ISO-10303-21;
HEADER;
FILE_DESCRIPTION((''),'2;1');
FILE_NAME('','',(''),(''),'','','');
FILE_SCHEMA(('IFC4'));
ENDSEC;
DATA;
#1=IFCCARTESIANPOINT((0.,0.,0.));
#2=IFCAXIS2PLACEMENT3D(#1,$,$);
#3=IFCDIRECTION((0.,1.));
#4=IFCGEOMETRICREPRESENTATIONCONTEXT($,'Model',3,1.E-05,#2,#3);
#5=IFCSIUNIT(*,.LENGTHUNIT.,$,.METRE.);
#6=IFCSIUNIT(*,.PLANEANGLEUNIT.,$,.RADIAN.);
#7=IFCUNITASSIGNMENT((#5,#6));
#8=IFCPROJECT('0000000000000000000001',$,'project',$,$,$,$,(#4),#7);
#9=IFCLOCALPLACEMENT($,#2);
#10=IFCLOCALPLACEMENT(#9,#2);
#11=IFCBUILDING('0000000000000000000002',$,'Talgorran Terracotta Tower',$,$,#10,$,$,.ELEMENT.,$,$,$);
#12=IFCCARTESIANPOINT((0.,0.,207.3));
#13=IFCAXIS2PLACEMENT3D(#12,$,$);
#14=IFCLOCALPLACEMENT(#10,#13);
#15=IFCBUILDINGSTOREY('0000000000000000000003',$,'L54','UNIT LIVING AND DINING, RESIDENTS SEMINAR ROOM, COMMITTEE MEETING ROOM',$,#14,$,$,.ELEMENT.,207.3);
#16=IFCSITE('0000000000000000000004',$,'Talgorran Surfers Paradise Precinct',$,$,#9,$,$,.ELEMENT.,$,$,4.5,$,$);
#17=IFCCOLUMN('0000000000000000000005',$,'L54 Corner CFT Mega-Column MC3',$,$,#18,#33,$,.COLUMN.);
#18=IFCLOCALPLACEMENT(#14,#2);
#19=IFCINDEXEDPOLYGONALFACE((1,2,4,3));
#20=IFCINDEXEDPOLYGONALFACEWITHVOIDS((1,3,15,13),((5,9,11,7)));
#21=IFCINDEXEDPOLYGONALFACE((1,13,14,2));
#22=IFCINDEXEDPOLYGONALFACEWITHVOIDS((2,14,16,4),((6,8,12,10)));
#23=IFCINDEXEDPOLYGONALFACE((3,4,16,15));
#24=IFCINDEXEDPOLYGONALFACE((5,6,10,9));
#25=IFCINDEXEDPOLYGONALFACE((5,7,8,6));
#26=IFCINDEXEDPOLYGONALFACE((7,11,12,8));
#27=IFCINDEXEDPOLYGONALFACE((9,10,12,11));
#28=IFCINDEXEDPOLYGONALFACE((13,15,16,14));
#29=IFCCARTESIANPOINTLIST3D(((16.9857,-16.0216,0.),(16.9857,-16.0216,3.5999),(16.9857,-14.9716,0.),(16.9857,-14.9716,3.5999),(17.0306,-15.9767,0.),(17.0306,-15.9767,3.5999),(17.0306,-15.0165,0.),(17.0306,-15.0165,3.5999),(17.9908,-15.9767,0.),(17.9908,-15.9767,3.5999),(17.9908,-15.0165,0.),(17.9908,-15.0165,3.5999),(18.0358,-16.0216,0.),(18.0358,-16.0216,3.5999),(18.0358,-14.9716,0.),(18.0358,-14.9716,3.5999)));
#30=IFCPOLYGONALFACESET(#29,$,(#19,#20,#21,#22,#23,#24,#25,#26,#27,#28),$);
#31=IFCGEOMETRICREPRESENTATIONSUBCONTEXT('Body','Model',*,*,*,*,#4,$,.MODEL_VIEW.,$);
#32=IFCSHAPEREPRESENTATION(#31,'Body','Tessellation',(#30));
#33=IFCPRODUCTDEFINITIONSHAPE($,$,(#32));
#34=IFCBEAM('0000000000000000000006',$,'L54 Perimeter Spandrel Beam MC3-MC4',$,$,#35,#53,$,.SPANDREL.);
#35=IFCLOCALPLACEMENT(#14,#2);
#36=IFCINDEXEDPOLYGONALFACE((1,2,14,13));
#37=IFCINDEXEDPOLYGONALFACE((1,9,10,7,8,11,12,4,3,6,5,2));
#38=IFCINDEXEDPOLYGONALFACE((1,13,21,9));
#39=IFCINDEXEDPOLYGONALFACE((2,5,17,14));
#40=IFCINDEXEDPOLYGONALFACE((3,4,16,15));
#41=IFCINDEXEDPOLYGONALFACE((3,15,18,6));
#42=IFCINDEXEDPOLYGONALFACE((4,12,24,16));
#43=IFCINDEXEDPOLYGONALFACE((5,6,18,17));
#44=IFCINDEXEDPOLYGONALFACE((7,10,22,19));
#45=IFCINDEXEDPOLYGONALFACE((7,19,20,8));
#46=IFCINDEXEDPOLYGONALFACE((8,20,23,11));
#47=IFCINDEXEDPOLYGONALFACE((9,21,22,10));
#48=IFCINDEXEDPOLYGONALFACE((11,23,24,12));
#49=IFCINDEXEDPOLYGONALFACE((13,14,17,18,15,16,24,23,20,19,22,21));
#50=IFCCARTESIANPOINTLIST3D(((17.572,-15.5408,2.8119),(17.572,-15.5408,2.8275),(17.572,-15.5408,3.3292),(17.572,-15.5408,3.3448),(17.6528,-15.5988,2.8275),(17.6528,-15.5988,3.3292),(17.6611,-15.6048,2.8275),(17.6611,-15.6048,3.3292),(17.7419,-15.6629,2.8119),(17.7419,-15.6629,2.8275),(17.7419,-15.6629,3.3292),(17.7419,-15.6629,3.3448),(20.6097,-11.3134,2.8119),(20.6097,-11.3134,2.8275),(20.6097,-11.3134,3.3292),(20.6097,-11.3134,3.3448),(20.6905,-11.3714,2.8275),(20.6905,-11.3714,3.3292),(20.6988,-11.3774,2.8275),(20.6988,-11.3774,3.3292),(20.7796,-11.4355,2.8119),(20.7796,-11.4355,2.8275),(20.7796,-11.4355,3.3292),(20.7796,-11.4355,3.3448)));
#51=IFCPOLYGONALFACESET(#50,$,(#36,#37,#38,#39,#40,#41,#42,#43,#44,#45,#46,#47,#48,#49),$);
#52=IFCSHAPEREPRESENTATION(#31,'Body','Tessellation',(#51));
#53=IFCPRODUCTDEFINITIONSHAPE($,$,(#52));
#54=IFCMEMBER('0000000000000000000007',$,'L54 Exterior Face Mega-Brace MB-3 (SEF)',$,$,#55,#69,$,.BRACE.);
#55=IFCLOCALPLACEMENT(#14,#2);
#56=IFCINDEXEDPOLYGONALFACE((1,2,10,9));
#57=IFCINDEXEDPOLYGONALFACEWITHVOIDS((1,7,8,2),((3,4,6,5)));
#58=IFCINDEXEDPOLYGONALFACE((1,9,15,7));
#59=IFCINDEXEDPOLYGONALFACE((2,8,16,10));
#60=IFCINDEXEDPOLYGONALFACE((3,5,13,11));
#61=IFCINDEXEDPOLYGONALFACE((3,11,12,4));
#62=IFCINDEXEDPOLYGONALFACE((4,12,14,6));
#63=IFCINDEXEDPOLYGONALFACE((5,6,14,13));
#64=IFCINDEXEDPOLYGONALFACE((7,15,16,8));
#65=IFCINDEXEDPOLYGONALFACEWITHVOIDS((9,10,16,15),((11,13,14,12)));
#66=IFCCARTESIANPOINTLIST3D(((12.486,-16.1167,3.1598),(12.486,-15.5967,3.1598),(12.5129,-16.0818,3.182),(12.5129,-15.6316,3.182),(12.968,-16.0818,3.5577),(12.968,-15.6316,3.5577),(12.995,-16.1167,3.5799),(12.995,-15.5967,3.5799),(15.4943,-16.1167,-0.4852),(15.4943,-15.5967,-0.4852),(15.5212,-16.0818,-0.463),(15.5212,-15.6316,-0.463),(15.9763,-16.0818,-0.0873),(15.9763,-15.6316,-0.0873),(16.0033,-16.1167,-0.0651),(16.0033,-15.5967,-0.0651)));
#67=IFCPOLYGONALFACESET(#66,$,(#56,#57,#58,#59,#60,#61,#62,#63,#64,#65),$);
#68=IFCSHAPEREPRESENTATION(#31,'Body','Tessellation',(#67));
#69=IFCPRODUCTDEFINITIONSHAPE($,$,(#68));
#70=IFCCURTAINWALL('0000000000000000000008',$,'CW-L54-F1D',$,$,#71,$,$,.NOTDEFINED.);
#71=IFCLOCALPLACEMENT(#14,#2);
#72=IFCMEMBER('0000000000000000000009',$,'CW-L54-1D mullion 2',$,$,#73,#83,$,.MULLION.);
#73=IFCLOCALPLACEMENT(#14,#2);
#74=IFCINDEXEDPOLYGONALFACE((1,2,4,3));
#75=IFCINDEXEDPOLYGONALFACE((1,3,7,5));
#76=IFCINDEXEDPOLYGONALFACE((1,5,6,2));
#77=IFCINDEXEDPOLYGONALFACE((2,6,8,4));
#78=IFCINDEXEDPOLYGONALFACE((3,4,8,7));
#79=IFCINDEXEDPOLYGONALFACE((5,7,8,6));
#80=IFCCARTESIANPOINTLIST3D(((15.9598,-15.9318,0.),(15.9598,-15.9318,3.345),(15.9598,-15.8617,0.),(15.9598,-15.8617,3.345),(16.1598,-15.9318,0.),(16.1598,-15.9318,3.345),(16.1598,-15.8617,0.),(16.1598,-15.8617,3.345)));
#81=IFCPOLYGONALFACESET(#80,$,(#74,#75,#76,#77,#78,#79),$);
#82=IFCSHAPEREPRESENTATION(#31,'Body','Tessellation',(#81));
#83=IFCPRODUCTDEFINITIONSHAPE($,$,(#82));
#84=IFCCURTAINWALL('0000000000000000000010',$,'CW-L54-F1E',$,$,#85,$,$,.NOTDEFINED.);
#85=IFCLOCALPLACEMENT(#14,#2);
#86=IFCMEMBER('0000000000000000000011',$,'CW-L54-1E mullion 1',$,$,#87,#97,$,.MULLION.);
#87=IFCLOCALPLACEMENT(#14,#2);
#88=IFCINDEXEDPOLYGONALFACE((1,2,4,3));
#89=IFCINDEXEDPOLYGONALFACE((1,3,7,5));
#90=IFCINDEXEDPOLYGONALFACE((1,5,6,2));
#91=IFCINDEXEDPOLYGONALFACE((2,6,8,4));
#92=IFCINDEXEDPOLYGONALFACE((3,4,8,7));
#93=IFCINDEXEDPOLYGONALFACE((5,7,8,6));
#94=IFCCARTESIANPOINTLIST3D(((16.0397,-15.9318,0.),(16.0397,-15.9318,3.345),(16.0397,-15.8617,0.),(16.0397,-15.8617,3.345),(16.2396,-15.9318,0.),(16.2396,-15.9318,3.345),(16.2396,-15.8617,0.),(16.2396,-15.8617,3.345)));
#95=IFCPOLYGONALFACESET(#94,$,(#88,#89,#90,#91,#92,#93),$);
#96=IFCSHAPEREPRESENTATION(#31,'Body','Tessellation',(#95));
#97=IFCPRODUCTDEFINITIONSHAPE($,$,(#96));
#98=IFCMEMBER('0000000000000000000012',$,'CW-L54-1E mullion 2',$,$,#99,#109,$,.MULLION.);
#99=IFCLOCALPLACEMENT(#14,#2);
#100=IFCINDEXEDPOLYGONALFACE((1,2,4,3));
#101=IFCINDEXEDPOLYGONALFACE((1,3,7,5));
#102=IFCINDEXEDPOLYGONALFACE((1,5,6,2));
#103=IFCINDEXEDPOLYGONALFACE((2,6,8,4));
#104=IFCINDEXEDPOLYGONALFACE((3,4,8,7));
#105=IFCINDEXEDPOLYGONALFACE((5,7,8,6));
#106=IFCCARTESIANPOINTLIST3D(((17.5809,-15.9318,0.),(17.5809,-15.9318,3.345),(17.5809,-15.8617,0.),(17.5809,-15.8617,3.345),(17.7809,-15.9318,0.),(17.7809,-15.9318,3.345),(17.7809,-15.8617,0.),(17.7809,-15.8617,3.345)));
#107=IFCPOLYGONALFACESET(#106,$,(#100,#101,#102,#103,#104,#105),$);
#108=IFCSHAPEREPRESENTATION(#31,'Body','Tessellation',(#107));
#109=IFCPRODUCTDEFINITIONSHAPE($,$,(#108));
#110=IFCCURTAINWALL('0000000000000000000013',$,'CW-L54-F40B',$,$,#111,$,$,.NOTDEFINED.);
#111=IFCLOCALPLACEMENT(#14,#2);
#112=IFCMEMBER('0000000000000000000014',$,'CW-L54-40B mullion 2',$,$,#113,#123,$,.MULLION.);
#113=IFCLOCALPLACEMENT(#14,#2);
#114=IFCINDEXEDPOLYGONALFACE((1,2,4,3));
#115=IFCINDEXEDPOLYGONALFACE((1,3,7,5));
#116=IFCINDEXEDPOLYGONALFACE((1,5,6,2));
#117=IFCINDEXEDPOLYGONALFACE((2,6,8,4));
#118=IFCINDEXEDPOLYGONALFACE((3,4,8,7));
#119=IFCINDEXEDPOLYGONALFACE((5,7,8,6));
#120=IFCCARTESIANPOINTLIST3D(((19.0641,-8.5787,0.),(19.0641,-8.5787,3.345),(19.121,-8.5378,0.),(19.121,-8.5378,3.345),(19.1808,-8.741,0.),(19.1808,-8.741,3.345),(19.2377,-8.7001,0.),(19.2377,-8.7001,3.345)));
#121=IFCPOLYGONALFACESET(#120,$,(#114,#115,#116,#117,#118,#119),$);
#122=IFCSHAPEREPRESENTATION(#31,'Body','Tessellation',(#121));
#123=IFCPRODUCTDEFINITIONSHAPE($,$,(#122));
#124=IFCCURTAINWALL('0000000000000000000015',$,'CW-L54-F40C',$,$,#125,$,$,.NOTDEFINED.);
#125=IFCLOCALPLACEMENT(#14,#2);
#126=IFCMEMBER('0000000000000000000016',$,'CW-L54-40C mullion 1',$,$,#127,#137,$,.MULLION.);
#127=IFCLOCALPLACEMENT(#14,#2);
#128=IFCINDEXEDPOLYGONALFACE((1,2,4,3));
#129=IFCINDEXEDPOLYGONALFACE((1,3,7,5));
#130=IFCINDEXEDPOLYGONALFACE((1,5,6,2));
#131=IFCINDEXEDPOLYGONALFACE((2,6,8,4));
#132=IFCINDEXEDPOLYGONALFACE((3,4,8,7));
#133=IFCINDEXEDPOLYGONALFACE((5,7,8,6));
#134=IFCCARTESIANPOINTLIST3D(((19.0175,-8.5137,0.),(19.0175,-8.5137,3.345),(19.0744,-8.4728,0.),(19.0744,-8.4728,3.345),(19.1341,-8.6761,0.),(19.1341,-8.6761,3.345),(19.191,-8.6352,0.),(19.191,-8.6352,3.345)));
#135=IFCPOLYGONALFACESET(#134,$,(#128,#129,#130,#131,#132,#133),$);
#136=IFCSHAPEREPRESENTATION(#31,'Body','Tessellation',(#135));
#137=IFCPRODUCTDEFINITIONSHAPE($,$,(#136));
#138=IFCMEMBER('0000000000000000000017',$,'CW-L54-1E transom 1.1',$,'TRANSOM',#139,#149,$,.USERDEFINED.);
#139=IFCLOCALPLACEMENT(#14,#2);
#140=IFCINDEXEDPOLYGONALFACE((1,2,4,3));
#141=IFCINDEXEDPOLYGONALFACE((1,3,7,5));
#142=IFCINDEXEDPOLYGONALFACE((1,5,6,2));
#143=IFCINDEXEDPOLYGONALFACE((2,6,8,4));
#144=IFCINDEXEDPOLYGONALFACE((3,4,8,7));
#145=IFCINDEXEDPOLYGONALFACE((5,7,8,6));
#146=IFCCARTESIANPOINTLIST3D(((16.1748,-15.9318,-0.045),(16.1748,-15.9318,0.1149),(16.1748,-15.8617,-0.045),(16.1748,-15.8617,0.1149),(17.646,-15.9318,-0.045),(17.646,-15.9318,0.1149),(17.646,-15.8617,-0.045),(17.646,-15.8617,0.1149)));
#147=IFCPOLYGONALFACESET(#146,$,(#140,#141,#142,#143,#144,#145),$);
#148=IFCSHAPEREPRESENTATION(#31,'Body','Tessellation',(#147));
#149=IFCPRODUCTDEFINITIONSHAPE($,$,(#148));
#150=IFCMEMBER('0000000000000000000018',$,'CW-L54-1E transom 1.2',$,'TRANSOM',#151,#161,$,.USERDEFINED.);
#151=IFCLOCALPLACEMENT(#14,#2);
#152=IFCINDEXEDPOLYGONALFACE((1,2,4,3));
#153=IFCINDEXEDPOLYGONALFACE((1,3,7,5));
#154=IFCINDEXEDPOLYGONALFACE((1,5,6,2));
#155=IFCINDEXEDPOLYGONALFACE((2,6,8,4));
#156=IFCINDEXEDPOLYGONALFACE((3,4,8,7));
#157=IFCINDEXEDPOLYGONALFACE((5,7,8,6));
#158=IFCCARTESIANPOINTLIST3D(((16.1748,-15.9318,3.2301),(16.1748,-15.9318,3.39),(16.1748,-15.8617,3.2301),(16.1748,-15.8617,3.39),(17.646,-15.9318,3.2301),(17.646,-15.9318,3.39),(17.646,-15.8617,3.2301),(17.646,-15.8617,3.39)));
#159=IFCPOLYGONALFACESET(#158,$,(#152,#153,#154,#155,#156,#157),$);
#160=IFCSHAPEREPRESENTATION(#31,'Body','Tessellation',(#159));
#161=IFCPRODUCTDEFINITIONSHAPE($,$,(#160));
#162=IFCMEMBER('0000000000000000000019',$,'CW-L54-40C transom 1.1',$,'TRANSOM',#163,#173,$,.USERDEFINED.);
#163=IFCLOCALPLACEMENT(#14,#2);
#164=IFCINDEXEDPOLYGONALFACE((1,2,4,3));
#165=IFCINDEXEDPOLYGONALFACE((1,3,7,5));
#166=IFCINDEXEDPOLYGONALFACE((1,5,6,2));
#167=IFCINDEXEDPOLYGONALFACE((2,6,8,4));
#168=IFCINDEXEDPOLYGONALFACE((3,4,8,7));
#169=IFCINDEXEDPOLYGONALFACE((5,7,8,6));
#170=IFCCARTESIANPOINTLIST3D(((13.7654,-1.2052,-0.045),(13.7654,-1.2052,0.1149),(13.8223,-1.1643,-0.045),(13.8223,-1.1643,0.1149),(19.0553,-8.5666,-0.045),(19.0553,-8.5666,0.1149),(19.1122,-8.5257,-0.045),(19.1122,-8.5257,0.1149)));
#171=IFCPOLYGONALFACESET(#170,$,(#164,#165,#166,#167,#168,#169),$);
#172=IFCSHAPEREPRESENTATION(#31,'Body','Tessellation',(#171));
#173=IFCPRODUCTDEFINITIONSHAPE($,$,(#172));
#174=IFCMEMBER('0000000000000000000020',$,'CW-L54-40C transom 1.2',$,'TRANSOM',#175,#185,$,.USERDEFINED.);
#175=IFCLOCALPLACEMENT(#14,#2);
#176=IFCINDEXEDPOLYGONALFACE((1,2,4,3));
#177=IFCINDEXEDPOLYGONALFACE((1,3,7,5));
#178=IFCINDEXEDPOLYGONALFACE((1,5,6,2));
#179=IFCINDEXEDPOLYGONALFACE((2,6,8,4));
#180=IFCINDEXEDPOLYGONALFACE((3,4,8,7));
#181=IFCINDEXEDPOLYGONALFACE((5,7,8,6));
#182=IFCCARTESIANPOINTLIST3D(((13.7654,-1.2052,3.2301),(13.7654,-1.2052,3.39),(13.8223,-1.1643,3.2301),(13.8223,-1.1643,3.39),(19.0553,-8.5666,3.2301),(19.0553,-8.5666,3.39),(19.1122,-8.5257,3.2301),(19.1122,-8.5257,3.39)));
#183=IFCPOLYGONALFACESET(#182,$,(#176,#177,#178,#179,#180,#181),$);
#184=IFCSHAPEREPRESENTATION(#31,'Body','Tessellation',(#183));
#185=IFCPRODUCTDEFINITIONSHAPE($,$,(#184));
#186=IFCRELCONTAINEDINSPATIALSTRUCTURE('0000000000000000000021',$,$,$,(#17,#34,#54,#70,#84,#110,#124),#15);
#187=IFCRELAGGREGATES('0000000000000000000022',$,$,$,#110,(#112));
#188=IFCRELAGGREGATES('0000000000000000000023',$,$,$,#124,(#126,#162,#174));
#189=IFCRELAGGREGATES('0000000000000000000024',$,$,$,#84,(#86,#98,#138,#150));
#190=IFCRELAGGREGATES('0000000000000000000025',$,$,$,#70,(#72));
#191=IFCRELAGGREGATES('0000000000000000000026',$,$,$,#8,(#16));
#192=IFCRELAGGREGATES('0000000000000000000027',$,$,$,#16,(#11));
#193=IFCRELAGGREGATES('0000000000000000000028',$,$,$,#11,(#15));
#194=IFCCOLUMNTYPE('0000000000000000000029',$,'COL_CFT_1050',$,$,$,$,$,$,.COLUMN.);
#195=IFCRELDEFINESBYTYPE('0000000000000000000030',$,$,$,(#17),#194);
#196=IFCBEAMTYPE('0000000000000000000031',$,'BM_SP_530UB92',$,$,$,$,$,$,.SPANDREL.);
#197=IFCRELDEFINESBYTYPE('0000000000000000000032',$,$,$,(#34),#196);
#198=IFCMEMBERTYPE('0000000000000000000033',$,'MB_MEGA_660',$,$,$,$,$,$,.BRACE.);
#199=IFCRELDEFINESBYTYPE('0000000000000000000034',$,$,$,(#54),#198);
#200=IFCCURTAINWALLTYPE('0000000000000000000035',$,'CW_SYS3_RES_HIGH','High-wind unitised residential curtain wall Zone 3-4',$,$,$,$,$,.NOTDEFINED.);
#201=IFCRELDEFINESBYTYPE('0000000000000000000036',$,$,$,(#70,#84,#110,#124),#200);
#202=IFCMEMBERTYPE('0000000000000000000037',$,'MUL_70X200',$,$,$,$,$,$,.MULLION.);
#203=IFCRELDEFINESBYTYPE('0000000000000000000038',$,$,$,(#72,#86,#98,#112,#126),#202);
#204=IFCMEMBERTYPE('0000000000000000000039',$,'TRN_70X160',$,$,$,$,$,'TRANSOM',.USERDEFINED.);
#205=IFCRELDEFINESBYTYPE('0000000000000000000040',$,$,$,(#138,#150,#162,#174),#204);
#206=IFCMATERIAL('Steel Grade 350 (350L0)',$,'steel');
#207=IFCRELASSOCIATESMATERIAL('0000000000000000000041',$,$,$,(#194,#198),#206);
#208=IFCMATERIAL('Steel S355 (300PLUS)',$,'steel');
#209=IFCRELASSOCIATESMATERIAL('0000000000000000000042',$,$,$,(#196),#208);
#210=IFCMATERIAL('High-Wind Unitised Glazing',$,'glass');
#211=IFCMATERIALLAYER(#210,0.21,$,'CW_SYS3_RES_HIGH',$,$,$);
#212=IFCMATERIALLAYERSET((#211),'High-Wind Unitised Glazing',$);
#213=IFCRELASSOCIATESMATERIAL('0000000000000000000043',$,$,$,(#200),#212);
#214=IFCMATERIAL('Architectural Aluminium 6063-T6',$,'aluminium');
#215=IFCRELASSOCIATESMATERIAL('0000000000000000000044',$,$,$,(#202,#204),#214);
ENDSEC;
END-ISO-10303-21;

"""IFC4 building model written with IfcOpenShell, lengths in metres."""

from ifc_helpers import new_model, si_unit, direction, frame, origin, origin_2d, place, context, subcontext, project, spatial, rectangle, hollow_rectangle, i_section, extrude, material, layer, layer_set, material_profile, profile_set, type_object, element, aggregate, save


model = new_model("IFC4")

# Units and contexts
model_context = context("Model", 3, precision=1e-05, world=origin(), true_north=direction((0.0, 1.0)))
body_context = subcontext(model_context, "Body", "Model", "MODEL_VIEW")
ifc_project = project(units=[si_unit("LENGTHUNIT", "METRE"), si_unit("PLANEANGLEUNIT", "RADIAN")], contexts=[model_context])

# Site, building, storey
site_placement = place(None, origin())
site = spatial("IfcSite", under=ifc_project, at=site_placement, Name="Talgorran Surfers Paradise Precinct", CompositionType="ELEMENT", RefElevation=4.5)
building_placement = place(site_placement, origin())
building = spatial("IfcBuilding", under=site, at=building_placement, Name="Talgorran Terracotta Tower", CompositionType="ELEMENT")
storey_placement = place(building_placement, frame((0.0, 0.0, 207.3)))
storey = spatial("IfcBuildingStorey", under=building, at=storey_placement, Name="L54", Description="UNIT LIVING AND DINING, RESIDENTS SEMINAR ROOM, COMMITTEE MEETING ROOM", CompositionType="ELEMENT", Elevation=207.3)

# Column
ifc_material_1 = material(Name="Steel Grade 350 (350L0)", Category="steel")
ifc_material_profile_1 = material_profile(ifc_material_1, hollow_rectangle(XDim=1.05, YDim=1.05, WallThickness=0.0449, at=origin_2d()), Name="CFT1050X1050X45")
ifc_profile_set_1 = profile_set([ifc_material_profile_1], Name="Steel Grade 350 (350L0)")
column_type = type_object("IfcColumnType", Name="COL_CFT_1050", PredefinedType="COLUMN", material=ifc_profile_set_1)
column_placement = place(storey_placement, frame((17.5107, -15.4966, 0.0), z_axis=(0.0, 0.0, 1.0), x_axis=(1.0, 0.0, 0.0)))
element("IfcColumn", 1, at=column_placement, inside=storey, type_object=column_type, Name="L54 Corner CFT Mega-Column MC3", PredefinedType="COLUMN", context=body_context, shape_type="SweptSolid", body=[
    extrude(hollow_rectangle(XDim=1.05, YDim=1.05, WallThickness=0.0449, at=origin_2d()), origin(), (0.0, 0.0, 1.0), 3.5999),
])

# Beam
ifc_material_2 = material(Name="Steel S355 (300PLUS)", Category="steel")
ifc_material_profile_2 = material_profile(ifc_material_2, i_section(OverallWidth=0.2092, OverallDepth=0.533, WebThickness=0.0103, FlangeThickness=0.0156, at=origin_2d()), Name="530UB92.4")
ifc_profile_set_2 = profile_set([ifc_material_profile_2], Name="Steel S355 (300PLUS)")
beam_type = type_object("IfcBeamType", Name="BM_SP_530UB92", PredefinedType="SPANDREL", material=ifc_profile_set_2)
beam_placement = place(storey_placement, frame((17.657, -15.6018, 3.0784), z_axis=(0.583538, 0.812086, 0.0), x_axis=(-0.812086, 0.583538, 0.0)))
element("IfcBeam", 2, at=beam_placement, inside=storey, type_object=beam_type, Name="L54 Perimeter Spandrel Beam MC3-MC4", PredefinedType="SPANDREL", context=body_context, shape_type="SweptSolid", body=[
    extrude(i_section(OverallWidth=0.2092, OverallDepth=0.533, WebThickness=0.0103, FlangeThickness=0.0156, at=origin_2d()), origin(), (0.0, 0.0, 1.0), 5.2056),
])

# Member
ifc_material_profile_3 = material_profile(ifc_material_1, hollow_rectangle(XDim=0.52, YDim=0.6599, WallThickness=0.0349, at=origin_2d()), Name="WBOX660X520X35")
ifc_profile_set_3 = profile_set([ifc_material_profile_3], Name="Steel Grade 350 (350L0)")
member_type_1 = type_object("IfcMemberType", Name="MB_MEGA_660", PredefinedType="BRACE", material=ifc_profile_set_3)
member_1_placement = place(storey_placement, frame((15.7488, -15.8567, -0.2751), z_axis=(-0.636529, 0.0, 0.771253), x_axis=(0.0, -1.0, 0.0)))
element("IfcMember", 3, at=member_1_placement, inside=storey, type_object=member_type_1, Name="L54 Exterior Face Mega-Brace MB-3 (SEF)", PredefinedType="BRACE", context=body_context, shape_type="SweptSolid", body=[
    extrude(hollow_rectangle(XDim=0.52, YDim=0.6599, WallThickness=0.0349, at=origin_2d()), origin(), (0.0, 0.0, 1.0), 4.7261),
])

# Curtain wall, member
ifc_material_3 = material(Name="High-Wind Unitised Glazing", Category="glass")
ifc_layer_1 = layer(ifc_material_3, 0.21, Name="CW_SYS3_RES_HIGH")
ifc_layer_set_1 = layer_set([ifc_layer_1], Name="High-Wind Unitised Glazing")
curtain_wall_type = type_object("IfcCurtainWallType", Name="CW_SYS3_RES_HIGH", Description="High-wind unitised residential curtain wall Zone 3-4", PredefinedType="NOTDEFINED", material=ifc_layer_set_1)
curtain_wall_1_placement = place(storey_placement, origin())
curtain_wall_1 = element("IfcCurtainWall", 4, at=curtain_wall_1_placement, inside=storey, type_object=curtain_wall_type, Name="CW-L54-F1D", PredefinedType="NOTDEFINED")
ifc_material_4 = material(Name="Architectural Aluminium 6063-T6", Category="aluminium")
ifc_material_profile_4 = material_profile(ifc_material_4, rectangle(XDim=0.0701, YDim=0.2, at=origin_2d()), Name="CWM70X200")
ifc_profile_set_4 = profile_set([ifc_material_profile_4], Name="Architectural Aluminium 6063-T6")
member_type_2 = type_object("IfcMemberType", Name="MUL_70X200", PredefinedType="MULLION", material=ifc_profile_set_4)
member_2_placement = place(storey_placement, frame((16.0598, -15.8967, 0.0), z_axis=(0.0, 0.0, 1.0), x_axis=(0.0, 1.0, 0.0)))
member_2 = element("IfcMember", 5, at=member_2_placement, type_object=member_type_2, Name="CW-L54-1D mullion 2", PredefinedType="MULLION", context=body_context, shape_type="SweptSolid", body=[
    extrude(rectangle(XDim=0.0701, YDim=0.2, at=origin_2d()), origin(), (0.0, 0.0, 1.0), 3.345),
])

# Curtain wall, members
curtain_wall_2_placement = place(storey_placement, origin())
curtain_wall_2 = element("IfcCurtainWall", 6, at=curtain_wall_2_placement, inside=storey, type_object=curtain_wall_type, Name="CW-L54-F1E", PredefinedType="NOTDEFINED")
member_3_placement = place(storey_placement, frame((16.1396, -15.8967, 0.0), z_axis=(0.0, 0.0, 1.0), x_axis=(0.0, 1.0, 0.0)))
member_3 = element("IfcMember", 7, at=member_3_placement, type_object=member_type_2, Name="CW-L54-1E mullion 1", PredefinedType="MULLION", context=body_context, shape_type="SweptSolid", body=[
    extrude(rectangle(XDim=0.0701, YDim=0.2, at=origin_2d()), origin(), (0.0, 0.0, 1.0), 3.345),
])
member_4_placement = place(storey_placement, frame((17.6809, -15.8967, 0.0), z_axis=(0.0, 0.0, 1.0), x_axis=(0.0, 1.0, 0.0)))
member_4 = element("IfcMember", 8, at=member_4_placement, type_object=member_type_2, Name="CW-L54-1E mullion 2", PredefinedType="MULLION", context=body_context, shape_type="SweptSolid", body=[
    extrude(rectangle(XDim=0.0701, YDim=0.2, at=origin_2d()), origin(), (0.0, 0.0, 1.0), 3.345),
])

# Curtain walls, members
curtain_wall_3_placement = place(storey_placement, origin())
curtain_wall_3 = element("IfcCurtainWall", 9, at=curtain_wall_3_placement, inside=storey, type_object=curtain_wall_type, Name="CW-L54-F40B", PredefinedType="NOTDEFINED")
member_5_placement = place(storey_placement, frame((19.1509, -8.6394, 0.0), z_axis=(0.0, 0.0, 1.0), x_axis=(-0.812063, -0.58357, 0.0)))
member_5 = element("IfcMember", 10, at=member_5_placement, type_object=member_type_2, Name="CW-L54-40B mullion 2", PredefinedType="MULLION", context=body_context, shape_type="SweptSolid", body=[
    extrude(rectangle(XDim=0.0701, YDim=0.2, at=origin_2d()), origin(), (0.0, 0.0, 1.0), 3.345),
])
aggregate(curtain_wall_3, [member_5])
curtain_wall_4_placement = place(storey_placement, origin())
curtain_wall_4 = element("IfcCurtainWall", 11, at=curtain_wall_4_placement, inside=storey, type_object=curtain_wall_type, Name="CW-L54-F40C", PredefinedType="NOTDEFINED")
member_6_placement = place(storey_placement, frame((19.1042, -8.5745, 0.0), z_axis=(0.0, 0.0, 1.0), x_axis=(-0.812075, -0.583553, 0.0)))
member_6 = element("IfcMember", 12, at=member_6_placement, type_object=member_type_2, Name="CW-L54-40C mullion 1", PredefinedType="MULLION", context=body_context, shape_type="SweptSolid", body=[
    extrude(rectangle(XDim=0.0701, YDim=0.2, at=origin_2d()), origin(), (0.0, 0.0, 1.0), 3.345),
])

# Members
ifc_material_profile_5 = material_profile(ifc_material_4, rectangle(XDim=0.0701, YDim=0.1599, at=origin_2d()), Name="CWT70X160")
ifc_profile_set_5 = profile_set([ifc_material_profile_5], Name="Architectural Aluminium 6063-T6")
member_type_3 = type_object("IfcMemberType", Name="TRN_70X160", ElementType="TRANSOM", PredefinedType="USERDEFINED", material=ifc_profile_set_5)
member_7_placement = place(storey_placement, frame((16.1748, -15.8967, 0.0349), z_axis=(1.0, 0.0, 0.0), x_axis=(0.0, 1.0, 0.0)))
member_7 = element("IfcMember", 13, at=member_7_placement, type_object=member_type_3, Name="CW-L54-1E transom 1.1", ObjectType="TRANSOM", PredefinedType="USERDEFINED", context=body_context, shape_type="SweptSolid", body=[
    extrude(rectangle(XDim=0.0701, YDim=0.1599, at=origin_2d()), origin(), (0.0, 0.0, 1.0), 1.4712),
])
member_8_placement = place(storey_placement, frame((16.1748, -15.8967, 3.3101), z_axis=(1.0, 0.0, 0.0), x_axis=(0.0, 1.0, 0.0)))
member_8 = element("IfcMember", 14, at=member_8_placement, type_object=member_type_3, Name="CW-L54-1E transom 1.2", ObjectType="TRANSOM", PredefinedType="USERDEFINED", context=body_context, shape_type="SweptSolid", body=[
    extrude(rectangle(XDim=0.0701, YDim=0.1599, at=origin_2d()), origin(), (0.0, 0.0, 1.0), 1.4712),
])
member_9_placement = place(storey_placement, frame((19.0837, -8.5461, 0.0349), z_axis=(-0.583552, 0.812076, 0.0), x_axis=(-0.812076, -0.583552, 0.0)))
member_9 = element("IfcMember", 15, at=member_9_placement, type_object=member_type_3, Name="CW-L54-40C transom 1.1", ObjectType="TRANSOM", PredefinedType="USERDEFINED", context=body_context, shape_type="SweptSolid", body=[
    extrude(rectangle(XDim=0.0701, YDim=0.1599, at=origin_2d()), origin(), (0.0, 0.0, 1.0), 9.0649),
])
member_10_placement = place(storey_placement, frame((19.0837, -8.5461, 3.3101), z_axis=(-0.583552, 0.812076, 0.0), x_axis=(-0.812076, -0.583552, 0.0)))
member_10 = element("IfcMember", 16, at=member_10_placement, type_object=member_type_3, Name="CW-L54-40C transom 1.2", ObjectType="TRANSOM", PredefinedType="USERDEFINED", context=body_context, shape_type="SweptSolid", body=[
    extrude(rectangle(XDim=0.0701, YDim=0.1599, at=origin_2d()), origin(), (0.0, 0.0, 1.0), 9.0649),
])
aggregate(curtain_wall_4, [member_6, member_9, member_10])

aggregate(curtain_wall_2, [member_3, member_4, member_7, member_8])
aggregate(curtain_wall_1, [member_2])

save(model, "model.ifc")
